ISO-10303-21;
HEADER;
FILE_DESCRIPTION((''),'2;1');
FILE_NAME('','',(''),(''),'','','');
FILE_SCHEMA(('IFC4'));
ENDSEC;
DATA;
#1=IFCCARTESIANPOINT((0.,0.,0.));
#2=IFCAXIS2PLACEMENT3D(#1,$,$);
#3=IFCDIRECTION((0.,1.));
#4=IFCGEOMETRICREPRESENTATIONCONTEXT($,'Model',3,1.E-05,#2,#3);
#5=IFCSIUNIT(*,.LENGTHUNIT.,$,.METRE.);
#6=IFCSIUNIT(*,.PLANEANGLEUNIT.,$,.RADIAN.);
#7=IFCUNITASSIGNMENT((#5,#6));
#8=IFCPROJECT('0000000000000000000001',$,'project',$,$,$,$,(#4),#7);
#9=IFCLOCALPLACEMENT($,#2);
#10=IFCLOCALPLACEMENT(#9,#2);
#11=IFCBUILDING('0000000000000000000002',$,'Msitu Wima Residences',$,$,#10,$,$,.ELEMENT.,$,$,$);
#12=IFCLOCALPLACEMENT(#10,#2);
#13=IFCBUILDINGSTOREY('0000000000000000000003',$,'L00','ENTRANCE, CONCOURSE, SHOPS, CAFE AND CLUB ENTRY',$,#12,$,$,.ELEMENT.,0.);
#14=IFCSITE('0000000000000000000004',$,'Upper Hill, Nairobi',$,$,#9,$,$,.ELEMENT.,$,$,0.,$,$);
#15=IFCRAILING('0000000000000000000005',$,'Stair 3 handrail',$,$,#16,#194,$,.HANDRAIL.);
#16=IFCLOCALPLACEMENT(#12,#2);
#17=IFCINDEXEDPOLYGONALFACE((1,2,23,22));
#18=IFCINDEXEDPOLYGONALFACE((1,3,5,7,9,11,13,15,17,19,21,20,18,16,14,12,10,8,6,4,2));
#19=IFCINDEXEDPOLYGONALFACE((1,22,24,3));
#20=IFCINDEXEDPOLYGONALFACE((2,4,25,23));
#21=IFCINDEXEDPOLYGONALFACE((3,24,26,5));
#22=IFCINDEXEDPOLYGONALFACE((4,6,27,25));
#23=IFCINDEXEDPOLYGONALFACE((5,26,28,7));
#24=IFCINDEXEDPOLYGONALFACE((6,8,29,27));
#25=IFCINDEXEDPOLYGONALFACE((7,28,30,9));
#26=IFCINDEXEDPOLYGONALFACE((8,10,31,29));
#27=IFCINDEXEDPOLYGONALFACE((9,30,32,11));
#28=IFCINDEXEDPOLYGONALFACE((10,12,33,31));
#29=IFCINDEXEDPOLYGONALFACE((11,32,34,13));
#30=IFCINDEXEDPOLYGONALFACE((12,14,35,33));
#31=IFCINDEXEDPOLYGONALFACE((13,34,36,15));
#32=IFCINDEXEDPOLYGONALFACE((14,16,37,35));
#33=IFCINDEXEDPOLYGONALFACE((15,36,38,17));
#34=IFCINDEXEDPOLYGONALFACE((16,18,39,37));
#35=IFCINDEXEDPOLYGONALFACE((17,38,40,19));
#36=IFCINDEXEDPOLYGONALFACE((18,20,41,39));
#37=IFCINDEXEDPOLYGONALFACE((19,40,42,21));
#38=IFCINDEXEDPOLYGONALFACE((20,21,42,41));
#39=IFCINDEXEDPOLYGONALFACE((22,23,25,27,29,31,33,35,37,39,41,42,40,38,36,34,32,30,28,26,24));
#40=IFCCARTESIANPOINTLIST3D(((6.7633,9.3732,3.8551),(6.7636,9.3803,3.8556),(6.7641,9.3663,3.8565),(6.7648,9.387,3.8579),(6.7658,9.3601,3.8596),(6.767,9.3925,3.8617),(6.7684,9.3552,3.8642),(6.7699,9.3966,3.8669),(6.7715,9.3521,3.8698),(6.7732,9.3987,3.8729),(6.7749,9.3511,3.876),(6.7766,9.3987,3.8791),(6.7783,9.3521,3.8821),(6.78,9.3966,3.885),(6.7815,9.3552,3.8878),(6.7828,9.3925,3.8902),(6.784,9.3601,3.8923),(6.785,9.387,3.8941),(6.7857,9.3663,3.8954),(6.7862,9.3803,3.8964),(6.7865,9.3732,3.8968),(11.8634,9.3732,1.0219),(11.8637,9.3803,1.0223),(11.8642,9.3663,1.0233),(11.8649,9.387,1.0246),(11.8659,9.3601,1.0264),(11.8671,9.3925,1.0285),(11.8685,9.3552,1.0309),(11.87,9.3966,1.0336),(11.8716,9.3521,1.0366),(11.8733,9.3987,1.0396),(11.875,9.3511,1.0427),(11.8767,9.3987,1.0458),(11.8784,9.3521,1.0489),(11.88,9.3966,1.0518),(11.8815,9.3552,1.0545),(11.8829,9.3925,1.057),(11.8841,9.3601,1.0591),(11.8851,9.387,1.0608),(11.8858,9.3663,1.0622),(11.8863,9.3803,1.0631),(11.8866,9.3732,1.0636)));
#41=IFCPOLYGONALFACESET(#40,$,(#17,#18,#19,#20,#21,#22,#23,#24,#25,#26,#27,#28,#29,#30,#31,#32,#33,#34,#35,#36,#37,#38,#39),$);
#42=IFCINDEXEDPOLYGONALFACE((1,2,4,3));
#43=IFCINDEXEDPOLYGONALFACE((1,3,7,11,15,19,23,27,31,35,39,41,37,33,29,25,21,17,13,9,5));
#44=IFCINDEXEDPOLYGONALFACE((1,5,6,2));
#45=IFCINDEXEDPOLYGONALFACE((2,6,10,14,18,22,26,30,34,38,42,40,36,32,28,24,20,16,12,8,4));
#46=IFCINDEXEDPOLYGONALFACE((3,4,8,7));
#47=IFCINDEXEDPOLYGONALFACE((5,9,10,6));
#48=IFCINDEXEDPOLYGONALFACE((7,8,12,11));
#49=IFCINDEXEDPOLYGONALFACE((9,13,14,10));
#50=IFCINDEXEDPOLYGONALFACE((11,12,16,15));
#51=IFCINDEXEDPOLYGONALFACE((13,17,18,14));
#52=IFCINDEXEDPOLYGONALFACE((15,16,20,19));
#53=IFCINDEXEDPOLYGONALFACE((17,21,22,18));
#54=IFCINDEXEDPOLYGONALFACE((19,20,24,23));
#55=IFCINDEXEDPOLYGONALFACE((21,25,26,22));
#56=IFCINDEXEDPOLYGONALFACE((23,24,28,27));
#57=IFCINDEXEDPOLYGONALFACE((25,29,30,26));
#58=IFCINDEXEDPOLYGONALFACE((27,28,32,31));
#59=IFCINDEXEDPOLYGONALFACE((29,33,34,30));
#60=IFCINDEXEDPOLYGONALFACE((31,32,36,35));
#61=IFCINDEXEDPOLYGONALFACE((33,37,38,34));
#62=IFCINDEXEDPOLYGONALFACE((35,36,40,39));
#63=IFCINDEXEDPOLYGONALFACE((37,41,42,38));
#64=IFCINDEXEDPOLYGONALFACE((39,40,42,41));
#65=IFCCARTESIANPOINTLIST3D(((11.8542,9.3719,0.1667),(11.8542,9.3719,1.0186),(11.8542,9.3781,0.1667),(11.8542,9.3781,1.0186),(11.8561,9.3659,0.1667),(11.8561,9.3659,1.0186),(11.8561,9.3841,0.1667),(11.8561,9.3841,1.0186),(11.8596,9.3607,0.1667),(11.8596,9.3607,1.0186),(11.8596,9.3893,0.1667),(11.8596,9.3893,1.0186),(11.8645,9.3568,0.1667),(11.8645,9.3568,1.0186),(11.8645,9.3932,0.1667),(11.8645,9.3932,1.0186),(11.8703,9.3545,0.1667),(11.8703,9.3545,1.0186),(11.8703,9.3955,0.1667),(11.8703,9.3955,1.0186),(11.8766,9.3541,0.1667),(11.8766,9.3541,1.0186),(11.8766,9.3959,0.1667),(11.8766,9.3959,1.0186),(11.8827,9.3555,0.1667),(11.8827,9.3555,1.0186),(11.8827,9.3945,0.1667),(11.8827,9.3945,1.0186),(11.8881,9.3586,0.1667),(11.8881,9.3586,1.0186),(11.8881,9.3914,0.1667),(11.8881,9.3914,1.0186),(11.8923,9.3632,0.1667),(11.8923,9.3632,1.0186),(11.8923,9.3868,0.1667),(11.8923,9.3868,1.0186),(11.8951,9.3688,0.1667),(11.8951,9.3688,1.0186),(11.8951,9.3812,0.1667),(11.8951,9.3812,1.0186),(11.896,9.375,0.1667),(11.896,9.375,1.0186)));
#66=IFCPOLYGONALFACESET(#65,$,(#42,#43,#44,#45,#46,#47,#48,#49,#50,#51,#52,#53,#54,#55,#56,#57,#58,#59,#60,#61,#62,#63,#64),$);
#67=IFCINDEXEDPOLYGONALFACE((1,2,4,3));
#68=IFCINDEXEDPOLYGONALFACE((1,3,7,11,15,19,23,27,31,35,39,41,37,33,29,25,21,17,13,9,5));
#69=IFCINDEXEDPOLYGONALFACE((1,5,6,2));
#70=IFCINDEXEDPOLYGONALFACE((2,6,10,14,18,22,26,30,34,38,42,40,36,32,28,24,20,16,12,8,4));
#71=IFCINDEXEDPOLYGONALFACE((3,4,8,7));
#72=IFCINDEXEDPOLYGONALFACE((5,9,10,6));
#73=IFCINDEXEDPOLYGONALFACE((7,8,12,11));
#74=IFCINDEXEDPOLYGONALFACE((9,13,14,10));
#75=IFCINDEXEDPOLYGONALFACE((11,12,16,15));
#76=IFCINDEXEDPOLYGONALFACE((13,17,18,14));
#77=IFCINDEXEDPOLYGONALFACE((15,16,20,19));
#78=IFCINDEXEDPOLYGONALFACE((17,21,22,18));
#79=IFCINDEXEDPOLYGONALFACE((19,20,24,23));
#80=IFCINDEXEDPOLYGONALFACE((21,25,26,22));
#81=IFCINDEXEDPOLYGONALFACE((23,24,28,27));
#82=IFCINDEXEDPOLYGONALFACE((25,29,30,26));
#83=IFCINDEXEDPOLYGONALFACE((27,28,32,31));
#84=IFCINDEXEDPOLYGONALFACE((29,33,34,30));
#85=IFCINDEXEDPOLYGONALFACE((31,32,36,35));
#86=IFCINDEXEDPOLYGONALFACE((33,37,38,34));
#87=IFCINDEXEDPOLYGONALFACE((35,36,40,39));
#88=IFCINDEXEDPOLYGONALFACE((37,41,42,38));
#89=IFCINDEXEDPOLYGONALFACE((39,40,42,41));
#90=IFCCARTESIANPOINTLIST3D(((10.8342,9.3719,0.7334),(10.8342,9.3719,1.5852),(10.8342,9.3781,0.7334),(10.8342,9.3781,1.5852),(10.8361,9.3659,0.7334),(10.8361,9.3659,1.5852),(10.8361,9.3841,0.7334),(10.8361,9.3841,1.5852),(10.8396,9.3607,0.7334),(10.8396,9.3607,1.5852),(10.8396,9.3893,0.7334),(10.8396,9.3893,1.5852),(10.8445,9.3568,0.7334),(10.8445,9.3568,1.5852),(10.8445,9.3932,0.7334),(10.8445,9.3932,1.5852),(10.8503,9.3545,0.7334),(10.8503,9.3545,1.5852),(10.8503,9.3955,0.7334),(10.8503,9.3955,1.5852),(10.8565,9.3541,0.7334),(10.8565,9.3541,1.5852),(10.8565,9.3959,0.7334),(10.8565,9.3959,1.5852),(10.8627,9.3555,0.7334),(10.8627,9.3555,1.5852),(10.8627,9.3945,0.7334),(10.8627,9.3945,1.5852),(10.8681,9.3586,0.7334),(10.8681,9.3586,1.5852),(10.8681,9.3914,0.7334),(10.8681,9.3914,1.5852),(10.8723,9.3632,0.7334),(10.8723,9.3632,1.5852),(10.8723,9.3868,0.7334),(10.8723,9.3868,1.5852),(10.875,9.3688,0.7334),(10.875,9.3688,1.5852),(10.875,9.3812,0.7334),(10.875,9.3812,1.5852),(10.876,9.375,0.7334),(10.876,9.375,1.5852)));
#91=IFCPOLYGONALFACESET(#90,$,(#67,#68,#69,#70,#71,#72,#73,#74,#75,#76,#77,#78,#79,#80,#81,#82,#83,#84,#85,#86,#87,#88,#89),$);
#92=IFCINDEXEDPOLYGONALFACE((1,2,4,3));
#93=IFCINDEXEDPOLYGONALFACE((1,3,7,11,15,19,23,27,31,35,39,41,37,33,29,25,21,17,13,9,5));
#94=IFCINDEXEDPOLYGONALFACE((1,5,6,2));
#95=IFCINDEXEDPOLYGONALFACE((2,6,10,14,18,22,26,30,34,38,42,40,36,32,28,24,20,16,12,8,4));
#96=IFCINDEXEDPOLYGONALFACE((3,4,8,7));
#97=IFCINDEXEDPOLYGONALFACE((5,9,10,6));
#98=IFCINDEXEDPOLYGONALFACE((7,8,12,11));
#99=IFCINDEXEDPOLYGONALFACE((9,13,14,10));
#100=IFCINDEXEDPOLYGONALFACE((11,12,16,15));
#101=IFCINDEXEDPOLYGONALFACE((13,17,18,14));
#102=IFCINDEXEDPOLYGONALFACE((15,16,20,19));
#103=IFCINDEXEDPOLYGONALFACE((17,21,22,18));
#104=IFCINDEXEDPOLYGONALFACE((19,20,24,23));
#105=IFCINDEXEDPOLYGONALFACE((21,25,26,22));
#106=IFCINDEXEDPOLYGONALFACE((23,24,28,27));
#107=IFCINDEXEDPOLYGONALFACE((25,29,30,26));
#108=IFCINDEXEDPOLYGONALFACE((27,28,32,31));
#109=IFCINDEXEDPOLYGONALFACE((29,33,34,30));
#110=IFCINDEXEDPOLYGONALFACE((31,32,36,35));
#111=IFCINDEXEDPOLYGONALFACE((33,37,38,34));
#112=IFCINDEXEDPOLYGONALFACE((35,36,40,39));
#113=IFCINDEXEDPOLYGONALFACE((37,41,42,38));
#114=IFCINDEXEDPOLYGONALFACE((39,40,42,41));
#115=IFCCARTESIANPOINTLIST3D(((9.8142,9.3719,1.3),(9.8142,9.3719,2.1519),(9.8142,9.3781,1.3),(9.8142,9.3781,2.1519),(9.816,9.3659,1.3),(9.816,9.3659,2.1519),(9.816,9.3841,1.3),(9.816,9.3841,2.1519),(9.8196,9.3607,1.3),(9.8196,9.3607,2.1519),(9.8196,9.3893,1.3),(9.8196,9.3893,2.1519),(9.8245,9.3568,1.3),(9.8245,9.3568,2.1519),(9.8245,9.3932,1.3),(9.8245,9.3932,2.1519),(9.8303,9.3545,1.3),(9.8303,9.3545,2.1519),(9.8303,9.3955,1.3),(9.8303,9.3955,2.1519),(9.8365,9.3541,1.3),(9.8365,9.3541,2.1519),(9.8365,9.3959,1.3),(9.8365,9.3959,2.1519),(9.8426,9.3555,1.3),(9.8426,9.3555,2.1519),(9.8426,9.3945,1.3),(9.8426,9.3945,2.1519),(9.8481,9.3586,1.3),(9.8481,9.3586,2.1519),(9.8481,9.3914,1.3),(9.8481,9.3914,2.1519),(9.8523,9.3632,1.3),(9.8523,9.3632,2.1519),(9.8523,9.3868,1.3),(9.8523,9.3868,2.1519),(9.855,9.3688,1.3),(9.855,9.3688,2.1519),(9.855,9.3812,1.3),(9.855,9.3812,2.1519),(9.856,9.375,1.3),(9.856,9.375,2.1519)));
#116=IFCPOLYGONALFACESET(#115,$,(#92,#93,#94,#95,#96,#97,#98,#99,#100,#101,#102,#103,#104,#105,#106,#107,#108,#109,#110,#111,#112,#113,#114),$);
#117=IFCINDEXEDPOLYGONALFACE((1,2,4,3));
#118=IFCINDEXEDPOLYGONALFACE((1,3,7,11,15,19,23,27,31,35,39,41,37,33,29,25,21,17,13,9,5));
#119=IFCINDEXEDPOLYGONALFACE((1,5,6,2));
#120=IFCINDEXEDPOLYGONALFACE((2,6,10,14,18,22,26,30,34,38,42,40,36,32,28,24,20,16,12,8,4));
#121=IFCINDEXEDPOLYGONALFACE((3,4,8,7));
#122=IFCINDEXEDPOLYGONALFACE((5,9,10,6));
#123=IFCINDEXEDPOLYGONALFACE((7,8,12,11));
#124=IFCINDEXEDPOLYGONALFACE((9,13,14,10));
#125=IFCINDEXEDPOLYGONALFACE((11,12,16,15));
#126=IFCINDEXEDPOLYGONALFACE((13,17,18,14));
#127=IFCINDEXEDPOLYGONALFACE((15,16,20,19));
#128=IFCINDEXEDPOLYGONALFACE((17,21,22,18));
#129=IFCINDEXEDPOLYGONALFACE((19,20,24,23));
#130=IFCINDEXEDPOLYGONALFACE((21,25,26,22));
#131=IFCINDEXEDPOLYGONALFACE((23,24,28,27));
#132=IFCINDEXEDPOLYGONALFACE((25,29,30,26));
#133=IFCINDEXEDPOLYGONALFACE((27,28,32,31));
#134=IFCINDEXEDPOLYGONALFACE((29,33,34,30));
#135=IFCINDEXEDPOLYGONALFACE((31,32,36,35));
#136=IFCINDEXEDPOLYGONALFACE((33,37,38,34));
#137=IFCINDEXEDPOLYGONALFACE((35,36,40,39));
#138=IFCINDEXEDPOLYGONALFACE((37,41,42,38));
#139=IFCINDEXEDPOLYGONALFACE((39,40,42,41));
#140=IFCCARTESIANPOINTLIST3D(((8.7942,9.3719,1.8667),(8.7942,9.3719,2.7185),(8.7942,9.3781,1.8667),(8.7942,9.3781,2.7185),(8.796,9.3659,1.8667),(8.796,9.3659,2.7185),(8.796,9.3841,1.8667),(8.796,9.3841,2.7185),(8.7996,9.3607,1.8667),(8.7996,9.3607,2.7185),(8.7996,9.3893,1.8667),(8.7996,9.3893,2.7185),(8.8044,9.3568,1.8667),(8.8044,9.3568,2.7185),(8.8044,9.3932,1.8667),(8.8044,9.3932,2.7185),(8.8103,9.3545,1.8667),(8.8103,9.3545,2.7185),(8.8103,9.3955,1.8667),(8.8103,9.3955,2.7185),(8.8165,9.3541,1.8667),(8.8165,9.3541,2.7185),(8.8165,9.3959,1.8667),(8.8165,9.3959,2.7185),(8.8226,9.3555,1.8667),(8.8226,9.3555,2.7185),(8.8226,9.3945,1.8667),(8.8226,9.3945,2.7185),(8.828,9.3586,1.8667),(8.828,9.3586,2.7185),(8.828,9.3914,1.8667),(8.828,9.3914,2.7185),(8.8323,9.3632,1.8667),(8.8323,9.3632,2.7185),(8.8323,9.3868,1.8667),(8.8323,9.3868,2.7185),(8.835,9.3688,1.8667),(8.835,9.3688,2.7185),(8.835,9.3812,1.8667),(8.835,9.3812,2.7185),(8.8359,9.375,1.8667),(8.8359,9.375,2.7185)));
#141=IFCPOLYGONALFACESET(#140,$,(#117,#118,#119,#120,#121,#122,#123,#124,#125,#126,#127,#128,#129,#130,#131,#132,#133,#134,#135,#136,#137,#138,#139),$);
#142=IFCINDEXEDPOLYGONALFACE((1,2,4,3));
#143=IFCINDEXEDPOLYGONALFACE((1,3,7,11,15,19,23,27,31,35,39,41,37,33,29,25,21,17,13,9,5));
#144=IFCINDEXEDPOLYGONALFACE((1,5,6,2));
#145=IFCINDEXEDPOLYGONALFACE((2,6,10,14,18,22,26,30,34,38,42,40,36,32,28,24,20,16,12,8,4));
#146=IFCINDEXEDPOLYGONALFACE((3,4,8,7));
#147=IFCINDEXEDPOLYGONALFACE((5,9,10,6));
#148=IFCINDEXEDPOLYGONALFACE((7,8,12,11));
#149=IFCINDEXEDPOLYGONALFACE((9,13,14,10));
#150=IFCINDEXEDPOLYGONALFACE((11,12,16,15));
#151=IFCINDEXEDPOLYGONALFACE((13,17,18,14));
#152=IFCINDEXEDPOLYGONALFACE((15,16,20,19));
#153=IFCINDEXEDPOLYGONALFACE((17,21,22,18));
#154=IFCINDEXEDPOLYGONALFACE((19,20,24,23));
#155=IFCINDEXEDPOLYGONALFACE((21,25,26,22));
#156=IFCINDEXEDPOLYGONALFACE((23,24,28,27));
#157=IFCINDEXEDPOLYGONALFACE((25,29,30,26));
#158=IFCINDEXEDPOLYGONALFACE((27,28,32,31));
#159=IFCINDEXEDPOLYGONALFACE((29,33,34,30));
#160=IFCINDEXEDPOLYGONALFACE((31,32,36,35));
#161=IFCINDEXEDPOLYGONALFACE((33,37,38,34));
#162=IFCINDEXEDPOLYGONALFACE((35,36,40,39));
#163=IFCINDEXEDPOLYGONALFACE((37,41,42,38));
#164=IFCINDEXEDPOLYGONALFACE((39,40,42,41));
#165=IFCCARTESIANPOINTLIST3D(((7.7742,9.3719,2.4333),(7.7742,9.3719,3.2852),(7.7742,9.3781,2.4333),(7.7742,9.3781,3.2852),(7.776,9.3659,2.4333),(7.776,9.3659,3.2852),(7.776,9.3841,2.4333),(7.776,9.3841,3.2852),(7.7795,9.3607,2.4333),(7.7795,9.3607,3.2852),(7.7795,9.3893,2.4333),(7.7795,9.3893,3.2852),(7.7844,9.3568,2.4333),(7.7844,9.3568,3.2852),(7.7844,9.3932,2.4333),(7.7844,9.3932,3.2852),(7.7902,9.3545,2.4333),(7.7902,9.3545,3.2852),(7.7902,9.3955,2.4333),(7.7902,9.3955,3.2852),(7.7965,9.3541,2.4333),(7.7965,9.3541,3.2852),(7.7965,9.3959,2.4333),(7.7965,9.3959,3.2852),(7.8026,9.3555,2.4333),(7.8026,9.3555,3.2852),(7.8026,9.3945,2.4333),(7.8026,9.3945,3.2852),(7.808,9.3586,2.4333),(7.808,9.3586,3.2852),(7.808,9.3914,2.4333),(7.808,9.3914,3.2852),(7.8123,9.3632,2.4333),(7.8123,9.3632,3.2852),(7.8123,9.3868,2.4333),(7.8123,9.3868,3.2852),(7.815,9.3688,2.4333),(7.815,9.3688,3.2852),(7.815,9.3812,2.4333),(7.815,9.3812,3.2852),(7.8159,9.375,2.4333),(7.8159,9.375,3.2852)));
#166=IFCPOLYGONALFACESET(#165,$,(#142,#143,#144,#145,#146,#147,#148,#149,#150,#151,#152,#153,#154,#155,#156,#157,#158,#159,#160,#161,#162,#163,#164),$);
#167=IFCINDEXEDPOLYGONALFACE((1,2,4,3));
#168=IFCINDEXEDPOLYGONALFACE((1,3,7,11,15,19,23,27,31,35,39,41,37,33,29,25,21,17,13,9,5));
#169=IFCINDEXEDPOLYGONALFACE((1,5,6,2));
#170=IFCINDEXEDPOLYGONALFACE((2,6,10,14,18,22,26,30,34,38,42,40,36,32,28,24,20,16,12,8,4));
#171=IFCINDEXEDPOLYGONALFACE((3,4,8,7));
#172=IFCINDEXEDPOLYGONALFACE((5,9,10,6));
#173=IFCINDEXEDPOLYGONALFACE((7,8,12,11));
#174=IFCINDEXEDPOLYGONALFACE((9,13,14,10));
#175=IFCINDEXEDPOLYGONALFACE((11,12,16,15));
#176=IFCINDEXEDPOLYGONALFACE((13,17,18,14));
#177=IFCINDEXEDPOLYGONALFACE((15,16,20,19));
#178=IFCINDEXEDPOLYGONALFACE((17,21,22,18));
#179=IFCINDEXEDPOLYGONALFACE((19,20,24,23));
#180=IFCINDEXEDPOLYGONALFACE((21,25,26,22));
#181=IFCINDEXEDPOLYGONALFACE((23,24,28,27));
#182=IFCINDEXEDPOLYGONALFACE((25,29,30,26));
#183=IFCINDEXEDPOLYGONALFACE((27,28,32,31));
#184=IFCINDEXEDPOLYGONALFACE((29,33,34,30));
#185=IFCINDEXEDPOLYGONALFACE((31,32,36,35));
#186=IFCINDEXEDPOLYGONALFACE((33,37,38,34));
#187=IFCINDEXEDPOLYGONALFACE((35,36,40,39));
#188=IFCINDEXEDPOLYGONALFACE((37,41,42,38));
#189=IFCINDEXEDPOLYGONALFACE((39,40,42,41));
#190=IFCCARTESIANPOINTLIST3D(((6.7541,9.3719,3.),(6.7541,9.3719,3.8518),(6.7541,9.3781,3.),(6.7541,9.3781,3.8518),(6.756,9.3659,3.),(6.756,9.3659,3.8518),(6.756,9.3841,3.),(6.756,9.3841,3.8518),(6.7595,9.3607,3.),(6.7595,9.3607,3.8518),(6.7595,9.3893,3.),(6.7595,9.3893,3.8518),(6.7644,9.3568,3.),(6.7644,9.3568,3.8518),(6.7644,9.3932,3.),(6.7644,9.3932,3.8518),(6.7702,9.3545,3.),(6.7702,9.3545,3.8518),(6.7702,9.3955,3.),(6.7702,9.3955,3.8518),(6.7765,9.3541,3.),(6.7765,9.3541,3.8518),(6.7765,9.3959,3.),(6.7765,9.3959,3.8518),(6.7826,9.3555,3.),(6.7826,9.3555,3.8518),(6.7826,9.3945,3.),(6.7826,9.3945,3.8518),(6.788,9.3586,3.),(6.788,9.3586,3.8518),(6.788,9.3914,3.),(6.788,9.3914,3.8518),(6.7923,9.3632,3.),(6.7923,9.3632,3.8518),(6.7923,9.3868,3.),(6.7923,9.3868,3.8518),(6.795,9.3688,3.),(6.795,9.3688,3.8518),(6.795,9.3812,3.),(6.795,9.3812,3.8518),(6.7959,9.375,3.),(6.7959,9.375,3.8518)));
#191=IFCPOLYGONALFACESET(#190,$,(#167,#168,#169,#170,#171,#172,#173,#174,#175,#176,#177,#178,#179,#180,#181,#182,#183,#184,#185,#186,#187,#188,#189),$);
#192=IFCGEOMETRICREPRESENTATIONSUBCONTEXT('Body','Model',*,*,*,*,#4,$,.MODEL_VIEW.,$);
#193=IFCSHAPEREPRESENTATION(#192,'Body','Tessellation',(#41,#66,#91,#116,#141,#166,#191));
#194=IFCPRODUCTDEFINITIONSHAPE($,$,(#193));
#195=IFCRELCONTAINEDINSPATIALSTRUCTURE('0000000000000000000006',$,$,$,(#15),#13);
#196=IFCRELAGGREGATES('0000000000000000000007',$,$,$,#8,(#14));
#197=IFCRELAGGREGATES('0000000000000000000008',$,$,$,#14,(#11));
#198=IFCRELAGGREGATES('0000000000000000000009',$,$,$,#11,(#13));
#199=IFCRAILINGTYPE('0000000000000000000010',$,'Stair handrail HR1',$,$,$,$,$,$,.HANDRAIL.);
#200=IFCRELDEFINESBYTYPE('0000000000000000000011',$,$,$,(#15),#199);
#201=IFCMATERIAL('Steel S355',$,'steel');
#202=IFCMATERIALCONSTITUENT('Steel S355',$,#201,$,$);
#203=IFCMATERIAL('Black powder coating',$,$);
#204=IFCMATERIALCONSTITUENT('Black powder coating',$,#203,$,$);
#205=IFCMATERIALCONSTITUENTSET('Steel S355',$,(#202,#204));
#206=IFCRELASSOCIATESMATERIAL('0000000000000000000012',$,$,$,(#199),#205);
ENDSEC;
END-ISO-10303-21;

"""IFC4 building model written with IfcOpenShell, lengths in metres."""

from ifc_helpers import new_model, si_unit, direction, frame, origin, origin_2d, place, context, subcontext, project, spatial, circle, extrude, material, constituent, constituent_set, type_object, element, save


model = new_model("IFC4")

# Units and contexts
model_context = context("Model", 3, precision=1e-05, world=origin(), true_north=direction((0.0, 1.0)))
body_context = subcontext(model_context, "Body", "Model", "MODEL_VIEW")
ifc_project = project(units=[si_unit("LENGTHUNIT", "METRE"), si_unit("PLANEANGLEUNIT", "RADIAN")], contexts=[model_context])

# Site, building, storey
site_placement = place(None, origin())
site = spatial("IfcSite", under=ifc_project, at=site_placement, Name="Upper Hill, Nairobi", CompositionType="ELEMENT", RefElevation=0.0)
building_placement = place(site_placement, origin())
building = spatial("IfcBuilding", under=site, at=building_placement, Name="Msitu Wima Residences", CompositionType="ELEMENT")
storey_placement = place(building_placement, origin())
storey = spatial("IfcBuildingStorey", under=building, at=storey_placement, Name="L00", Description="ENTRANCE, CONCOURSE, SHOPS, CAFE AND CLUB ENTRY", CompositionType="ELEMENT", Elevation=0.0)

# Railing
ifc_material_1 = material(Name="Steel S355", Category="steel")
ifc_constituent_1 = constituent(ifc_material_1, Name="Steel S355")
ifc_material_2 = material(Name="Black powder coating")
ifc_constituent_2 = constituent(ifc_material_2, Name="Black powder coating")
ifc_constituent_set = constituent_set(constituents=[ifc_constituent_1, ifc_constituent_2], Name="Steel S355")
railing_type = type_object("IfcRailingType", Name="Stair handrail HR1", PredefinedType="HANDRAIL", material=ifc_constituent_set)
railing_1_placement = place(storey_placement, frame((11.875, 9.375, 0.1667)))
element("IfcRailing", 1, at=railing_1_placement, inside=storey, type_object=railing_type, Name="Stair 3 handrail", PredefinedType="HANDRAIL", context=body_context, shape_type="SweptSolid", body=[
    extrude(circle(Radius=0.0239, at=origin_2d()), frame((0.0, 0.0, 0.876), z_axis=(-0.874167, 0.0, 0.485625), x_axis=(0.0, -1.0, 0.0)), (0.0, 0.0, 1.0), 5.8342),
    extrude(circle(Radius=0.021, at=origin_2d()), origin(), (0.0, 0.0, 1.0), 0.8518),
    extrude(circle(Radius=0.021, at=origin_2d()), frame((-1.02, 0.0, 0.5667)), (0.0, 0.0, 1.0), 0.8518),
    extrude(circle(Radius=0.021, at=origin_2d()), frame((-2.04, 0.0, 1.1333)), (0.0, 0.0, 1.0), 0.8518),
    extrude(circle(Radius=0.021, at=origin_2d()), frame((-3.0601, 0.0, 1.7)), (0.0, 0.0, 1.0), 0.8518),
    extrude(circle(Radius=0.021, at=origin_2d()), frame((-4.0801, 0.0, 2.2666)), (0.0, 0.0, 1.0), 0.8518),
    extrude(circle(Radius=0.021, at=origin_2d()), frame((-5.1001, 0.0, 2.8333)), (0.0, 0.0, 1.0), 0.8518),
])

save(model, "model.ifc")
